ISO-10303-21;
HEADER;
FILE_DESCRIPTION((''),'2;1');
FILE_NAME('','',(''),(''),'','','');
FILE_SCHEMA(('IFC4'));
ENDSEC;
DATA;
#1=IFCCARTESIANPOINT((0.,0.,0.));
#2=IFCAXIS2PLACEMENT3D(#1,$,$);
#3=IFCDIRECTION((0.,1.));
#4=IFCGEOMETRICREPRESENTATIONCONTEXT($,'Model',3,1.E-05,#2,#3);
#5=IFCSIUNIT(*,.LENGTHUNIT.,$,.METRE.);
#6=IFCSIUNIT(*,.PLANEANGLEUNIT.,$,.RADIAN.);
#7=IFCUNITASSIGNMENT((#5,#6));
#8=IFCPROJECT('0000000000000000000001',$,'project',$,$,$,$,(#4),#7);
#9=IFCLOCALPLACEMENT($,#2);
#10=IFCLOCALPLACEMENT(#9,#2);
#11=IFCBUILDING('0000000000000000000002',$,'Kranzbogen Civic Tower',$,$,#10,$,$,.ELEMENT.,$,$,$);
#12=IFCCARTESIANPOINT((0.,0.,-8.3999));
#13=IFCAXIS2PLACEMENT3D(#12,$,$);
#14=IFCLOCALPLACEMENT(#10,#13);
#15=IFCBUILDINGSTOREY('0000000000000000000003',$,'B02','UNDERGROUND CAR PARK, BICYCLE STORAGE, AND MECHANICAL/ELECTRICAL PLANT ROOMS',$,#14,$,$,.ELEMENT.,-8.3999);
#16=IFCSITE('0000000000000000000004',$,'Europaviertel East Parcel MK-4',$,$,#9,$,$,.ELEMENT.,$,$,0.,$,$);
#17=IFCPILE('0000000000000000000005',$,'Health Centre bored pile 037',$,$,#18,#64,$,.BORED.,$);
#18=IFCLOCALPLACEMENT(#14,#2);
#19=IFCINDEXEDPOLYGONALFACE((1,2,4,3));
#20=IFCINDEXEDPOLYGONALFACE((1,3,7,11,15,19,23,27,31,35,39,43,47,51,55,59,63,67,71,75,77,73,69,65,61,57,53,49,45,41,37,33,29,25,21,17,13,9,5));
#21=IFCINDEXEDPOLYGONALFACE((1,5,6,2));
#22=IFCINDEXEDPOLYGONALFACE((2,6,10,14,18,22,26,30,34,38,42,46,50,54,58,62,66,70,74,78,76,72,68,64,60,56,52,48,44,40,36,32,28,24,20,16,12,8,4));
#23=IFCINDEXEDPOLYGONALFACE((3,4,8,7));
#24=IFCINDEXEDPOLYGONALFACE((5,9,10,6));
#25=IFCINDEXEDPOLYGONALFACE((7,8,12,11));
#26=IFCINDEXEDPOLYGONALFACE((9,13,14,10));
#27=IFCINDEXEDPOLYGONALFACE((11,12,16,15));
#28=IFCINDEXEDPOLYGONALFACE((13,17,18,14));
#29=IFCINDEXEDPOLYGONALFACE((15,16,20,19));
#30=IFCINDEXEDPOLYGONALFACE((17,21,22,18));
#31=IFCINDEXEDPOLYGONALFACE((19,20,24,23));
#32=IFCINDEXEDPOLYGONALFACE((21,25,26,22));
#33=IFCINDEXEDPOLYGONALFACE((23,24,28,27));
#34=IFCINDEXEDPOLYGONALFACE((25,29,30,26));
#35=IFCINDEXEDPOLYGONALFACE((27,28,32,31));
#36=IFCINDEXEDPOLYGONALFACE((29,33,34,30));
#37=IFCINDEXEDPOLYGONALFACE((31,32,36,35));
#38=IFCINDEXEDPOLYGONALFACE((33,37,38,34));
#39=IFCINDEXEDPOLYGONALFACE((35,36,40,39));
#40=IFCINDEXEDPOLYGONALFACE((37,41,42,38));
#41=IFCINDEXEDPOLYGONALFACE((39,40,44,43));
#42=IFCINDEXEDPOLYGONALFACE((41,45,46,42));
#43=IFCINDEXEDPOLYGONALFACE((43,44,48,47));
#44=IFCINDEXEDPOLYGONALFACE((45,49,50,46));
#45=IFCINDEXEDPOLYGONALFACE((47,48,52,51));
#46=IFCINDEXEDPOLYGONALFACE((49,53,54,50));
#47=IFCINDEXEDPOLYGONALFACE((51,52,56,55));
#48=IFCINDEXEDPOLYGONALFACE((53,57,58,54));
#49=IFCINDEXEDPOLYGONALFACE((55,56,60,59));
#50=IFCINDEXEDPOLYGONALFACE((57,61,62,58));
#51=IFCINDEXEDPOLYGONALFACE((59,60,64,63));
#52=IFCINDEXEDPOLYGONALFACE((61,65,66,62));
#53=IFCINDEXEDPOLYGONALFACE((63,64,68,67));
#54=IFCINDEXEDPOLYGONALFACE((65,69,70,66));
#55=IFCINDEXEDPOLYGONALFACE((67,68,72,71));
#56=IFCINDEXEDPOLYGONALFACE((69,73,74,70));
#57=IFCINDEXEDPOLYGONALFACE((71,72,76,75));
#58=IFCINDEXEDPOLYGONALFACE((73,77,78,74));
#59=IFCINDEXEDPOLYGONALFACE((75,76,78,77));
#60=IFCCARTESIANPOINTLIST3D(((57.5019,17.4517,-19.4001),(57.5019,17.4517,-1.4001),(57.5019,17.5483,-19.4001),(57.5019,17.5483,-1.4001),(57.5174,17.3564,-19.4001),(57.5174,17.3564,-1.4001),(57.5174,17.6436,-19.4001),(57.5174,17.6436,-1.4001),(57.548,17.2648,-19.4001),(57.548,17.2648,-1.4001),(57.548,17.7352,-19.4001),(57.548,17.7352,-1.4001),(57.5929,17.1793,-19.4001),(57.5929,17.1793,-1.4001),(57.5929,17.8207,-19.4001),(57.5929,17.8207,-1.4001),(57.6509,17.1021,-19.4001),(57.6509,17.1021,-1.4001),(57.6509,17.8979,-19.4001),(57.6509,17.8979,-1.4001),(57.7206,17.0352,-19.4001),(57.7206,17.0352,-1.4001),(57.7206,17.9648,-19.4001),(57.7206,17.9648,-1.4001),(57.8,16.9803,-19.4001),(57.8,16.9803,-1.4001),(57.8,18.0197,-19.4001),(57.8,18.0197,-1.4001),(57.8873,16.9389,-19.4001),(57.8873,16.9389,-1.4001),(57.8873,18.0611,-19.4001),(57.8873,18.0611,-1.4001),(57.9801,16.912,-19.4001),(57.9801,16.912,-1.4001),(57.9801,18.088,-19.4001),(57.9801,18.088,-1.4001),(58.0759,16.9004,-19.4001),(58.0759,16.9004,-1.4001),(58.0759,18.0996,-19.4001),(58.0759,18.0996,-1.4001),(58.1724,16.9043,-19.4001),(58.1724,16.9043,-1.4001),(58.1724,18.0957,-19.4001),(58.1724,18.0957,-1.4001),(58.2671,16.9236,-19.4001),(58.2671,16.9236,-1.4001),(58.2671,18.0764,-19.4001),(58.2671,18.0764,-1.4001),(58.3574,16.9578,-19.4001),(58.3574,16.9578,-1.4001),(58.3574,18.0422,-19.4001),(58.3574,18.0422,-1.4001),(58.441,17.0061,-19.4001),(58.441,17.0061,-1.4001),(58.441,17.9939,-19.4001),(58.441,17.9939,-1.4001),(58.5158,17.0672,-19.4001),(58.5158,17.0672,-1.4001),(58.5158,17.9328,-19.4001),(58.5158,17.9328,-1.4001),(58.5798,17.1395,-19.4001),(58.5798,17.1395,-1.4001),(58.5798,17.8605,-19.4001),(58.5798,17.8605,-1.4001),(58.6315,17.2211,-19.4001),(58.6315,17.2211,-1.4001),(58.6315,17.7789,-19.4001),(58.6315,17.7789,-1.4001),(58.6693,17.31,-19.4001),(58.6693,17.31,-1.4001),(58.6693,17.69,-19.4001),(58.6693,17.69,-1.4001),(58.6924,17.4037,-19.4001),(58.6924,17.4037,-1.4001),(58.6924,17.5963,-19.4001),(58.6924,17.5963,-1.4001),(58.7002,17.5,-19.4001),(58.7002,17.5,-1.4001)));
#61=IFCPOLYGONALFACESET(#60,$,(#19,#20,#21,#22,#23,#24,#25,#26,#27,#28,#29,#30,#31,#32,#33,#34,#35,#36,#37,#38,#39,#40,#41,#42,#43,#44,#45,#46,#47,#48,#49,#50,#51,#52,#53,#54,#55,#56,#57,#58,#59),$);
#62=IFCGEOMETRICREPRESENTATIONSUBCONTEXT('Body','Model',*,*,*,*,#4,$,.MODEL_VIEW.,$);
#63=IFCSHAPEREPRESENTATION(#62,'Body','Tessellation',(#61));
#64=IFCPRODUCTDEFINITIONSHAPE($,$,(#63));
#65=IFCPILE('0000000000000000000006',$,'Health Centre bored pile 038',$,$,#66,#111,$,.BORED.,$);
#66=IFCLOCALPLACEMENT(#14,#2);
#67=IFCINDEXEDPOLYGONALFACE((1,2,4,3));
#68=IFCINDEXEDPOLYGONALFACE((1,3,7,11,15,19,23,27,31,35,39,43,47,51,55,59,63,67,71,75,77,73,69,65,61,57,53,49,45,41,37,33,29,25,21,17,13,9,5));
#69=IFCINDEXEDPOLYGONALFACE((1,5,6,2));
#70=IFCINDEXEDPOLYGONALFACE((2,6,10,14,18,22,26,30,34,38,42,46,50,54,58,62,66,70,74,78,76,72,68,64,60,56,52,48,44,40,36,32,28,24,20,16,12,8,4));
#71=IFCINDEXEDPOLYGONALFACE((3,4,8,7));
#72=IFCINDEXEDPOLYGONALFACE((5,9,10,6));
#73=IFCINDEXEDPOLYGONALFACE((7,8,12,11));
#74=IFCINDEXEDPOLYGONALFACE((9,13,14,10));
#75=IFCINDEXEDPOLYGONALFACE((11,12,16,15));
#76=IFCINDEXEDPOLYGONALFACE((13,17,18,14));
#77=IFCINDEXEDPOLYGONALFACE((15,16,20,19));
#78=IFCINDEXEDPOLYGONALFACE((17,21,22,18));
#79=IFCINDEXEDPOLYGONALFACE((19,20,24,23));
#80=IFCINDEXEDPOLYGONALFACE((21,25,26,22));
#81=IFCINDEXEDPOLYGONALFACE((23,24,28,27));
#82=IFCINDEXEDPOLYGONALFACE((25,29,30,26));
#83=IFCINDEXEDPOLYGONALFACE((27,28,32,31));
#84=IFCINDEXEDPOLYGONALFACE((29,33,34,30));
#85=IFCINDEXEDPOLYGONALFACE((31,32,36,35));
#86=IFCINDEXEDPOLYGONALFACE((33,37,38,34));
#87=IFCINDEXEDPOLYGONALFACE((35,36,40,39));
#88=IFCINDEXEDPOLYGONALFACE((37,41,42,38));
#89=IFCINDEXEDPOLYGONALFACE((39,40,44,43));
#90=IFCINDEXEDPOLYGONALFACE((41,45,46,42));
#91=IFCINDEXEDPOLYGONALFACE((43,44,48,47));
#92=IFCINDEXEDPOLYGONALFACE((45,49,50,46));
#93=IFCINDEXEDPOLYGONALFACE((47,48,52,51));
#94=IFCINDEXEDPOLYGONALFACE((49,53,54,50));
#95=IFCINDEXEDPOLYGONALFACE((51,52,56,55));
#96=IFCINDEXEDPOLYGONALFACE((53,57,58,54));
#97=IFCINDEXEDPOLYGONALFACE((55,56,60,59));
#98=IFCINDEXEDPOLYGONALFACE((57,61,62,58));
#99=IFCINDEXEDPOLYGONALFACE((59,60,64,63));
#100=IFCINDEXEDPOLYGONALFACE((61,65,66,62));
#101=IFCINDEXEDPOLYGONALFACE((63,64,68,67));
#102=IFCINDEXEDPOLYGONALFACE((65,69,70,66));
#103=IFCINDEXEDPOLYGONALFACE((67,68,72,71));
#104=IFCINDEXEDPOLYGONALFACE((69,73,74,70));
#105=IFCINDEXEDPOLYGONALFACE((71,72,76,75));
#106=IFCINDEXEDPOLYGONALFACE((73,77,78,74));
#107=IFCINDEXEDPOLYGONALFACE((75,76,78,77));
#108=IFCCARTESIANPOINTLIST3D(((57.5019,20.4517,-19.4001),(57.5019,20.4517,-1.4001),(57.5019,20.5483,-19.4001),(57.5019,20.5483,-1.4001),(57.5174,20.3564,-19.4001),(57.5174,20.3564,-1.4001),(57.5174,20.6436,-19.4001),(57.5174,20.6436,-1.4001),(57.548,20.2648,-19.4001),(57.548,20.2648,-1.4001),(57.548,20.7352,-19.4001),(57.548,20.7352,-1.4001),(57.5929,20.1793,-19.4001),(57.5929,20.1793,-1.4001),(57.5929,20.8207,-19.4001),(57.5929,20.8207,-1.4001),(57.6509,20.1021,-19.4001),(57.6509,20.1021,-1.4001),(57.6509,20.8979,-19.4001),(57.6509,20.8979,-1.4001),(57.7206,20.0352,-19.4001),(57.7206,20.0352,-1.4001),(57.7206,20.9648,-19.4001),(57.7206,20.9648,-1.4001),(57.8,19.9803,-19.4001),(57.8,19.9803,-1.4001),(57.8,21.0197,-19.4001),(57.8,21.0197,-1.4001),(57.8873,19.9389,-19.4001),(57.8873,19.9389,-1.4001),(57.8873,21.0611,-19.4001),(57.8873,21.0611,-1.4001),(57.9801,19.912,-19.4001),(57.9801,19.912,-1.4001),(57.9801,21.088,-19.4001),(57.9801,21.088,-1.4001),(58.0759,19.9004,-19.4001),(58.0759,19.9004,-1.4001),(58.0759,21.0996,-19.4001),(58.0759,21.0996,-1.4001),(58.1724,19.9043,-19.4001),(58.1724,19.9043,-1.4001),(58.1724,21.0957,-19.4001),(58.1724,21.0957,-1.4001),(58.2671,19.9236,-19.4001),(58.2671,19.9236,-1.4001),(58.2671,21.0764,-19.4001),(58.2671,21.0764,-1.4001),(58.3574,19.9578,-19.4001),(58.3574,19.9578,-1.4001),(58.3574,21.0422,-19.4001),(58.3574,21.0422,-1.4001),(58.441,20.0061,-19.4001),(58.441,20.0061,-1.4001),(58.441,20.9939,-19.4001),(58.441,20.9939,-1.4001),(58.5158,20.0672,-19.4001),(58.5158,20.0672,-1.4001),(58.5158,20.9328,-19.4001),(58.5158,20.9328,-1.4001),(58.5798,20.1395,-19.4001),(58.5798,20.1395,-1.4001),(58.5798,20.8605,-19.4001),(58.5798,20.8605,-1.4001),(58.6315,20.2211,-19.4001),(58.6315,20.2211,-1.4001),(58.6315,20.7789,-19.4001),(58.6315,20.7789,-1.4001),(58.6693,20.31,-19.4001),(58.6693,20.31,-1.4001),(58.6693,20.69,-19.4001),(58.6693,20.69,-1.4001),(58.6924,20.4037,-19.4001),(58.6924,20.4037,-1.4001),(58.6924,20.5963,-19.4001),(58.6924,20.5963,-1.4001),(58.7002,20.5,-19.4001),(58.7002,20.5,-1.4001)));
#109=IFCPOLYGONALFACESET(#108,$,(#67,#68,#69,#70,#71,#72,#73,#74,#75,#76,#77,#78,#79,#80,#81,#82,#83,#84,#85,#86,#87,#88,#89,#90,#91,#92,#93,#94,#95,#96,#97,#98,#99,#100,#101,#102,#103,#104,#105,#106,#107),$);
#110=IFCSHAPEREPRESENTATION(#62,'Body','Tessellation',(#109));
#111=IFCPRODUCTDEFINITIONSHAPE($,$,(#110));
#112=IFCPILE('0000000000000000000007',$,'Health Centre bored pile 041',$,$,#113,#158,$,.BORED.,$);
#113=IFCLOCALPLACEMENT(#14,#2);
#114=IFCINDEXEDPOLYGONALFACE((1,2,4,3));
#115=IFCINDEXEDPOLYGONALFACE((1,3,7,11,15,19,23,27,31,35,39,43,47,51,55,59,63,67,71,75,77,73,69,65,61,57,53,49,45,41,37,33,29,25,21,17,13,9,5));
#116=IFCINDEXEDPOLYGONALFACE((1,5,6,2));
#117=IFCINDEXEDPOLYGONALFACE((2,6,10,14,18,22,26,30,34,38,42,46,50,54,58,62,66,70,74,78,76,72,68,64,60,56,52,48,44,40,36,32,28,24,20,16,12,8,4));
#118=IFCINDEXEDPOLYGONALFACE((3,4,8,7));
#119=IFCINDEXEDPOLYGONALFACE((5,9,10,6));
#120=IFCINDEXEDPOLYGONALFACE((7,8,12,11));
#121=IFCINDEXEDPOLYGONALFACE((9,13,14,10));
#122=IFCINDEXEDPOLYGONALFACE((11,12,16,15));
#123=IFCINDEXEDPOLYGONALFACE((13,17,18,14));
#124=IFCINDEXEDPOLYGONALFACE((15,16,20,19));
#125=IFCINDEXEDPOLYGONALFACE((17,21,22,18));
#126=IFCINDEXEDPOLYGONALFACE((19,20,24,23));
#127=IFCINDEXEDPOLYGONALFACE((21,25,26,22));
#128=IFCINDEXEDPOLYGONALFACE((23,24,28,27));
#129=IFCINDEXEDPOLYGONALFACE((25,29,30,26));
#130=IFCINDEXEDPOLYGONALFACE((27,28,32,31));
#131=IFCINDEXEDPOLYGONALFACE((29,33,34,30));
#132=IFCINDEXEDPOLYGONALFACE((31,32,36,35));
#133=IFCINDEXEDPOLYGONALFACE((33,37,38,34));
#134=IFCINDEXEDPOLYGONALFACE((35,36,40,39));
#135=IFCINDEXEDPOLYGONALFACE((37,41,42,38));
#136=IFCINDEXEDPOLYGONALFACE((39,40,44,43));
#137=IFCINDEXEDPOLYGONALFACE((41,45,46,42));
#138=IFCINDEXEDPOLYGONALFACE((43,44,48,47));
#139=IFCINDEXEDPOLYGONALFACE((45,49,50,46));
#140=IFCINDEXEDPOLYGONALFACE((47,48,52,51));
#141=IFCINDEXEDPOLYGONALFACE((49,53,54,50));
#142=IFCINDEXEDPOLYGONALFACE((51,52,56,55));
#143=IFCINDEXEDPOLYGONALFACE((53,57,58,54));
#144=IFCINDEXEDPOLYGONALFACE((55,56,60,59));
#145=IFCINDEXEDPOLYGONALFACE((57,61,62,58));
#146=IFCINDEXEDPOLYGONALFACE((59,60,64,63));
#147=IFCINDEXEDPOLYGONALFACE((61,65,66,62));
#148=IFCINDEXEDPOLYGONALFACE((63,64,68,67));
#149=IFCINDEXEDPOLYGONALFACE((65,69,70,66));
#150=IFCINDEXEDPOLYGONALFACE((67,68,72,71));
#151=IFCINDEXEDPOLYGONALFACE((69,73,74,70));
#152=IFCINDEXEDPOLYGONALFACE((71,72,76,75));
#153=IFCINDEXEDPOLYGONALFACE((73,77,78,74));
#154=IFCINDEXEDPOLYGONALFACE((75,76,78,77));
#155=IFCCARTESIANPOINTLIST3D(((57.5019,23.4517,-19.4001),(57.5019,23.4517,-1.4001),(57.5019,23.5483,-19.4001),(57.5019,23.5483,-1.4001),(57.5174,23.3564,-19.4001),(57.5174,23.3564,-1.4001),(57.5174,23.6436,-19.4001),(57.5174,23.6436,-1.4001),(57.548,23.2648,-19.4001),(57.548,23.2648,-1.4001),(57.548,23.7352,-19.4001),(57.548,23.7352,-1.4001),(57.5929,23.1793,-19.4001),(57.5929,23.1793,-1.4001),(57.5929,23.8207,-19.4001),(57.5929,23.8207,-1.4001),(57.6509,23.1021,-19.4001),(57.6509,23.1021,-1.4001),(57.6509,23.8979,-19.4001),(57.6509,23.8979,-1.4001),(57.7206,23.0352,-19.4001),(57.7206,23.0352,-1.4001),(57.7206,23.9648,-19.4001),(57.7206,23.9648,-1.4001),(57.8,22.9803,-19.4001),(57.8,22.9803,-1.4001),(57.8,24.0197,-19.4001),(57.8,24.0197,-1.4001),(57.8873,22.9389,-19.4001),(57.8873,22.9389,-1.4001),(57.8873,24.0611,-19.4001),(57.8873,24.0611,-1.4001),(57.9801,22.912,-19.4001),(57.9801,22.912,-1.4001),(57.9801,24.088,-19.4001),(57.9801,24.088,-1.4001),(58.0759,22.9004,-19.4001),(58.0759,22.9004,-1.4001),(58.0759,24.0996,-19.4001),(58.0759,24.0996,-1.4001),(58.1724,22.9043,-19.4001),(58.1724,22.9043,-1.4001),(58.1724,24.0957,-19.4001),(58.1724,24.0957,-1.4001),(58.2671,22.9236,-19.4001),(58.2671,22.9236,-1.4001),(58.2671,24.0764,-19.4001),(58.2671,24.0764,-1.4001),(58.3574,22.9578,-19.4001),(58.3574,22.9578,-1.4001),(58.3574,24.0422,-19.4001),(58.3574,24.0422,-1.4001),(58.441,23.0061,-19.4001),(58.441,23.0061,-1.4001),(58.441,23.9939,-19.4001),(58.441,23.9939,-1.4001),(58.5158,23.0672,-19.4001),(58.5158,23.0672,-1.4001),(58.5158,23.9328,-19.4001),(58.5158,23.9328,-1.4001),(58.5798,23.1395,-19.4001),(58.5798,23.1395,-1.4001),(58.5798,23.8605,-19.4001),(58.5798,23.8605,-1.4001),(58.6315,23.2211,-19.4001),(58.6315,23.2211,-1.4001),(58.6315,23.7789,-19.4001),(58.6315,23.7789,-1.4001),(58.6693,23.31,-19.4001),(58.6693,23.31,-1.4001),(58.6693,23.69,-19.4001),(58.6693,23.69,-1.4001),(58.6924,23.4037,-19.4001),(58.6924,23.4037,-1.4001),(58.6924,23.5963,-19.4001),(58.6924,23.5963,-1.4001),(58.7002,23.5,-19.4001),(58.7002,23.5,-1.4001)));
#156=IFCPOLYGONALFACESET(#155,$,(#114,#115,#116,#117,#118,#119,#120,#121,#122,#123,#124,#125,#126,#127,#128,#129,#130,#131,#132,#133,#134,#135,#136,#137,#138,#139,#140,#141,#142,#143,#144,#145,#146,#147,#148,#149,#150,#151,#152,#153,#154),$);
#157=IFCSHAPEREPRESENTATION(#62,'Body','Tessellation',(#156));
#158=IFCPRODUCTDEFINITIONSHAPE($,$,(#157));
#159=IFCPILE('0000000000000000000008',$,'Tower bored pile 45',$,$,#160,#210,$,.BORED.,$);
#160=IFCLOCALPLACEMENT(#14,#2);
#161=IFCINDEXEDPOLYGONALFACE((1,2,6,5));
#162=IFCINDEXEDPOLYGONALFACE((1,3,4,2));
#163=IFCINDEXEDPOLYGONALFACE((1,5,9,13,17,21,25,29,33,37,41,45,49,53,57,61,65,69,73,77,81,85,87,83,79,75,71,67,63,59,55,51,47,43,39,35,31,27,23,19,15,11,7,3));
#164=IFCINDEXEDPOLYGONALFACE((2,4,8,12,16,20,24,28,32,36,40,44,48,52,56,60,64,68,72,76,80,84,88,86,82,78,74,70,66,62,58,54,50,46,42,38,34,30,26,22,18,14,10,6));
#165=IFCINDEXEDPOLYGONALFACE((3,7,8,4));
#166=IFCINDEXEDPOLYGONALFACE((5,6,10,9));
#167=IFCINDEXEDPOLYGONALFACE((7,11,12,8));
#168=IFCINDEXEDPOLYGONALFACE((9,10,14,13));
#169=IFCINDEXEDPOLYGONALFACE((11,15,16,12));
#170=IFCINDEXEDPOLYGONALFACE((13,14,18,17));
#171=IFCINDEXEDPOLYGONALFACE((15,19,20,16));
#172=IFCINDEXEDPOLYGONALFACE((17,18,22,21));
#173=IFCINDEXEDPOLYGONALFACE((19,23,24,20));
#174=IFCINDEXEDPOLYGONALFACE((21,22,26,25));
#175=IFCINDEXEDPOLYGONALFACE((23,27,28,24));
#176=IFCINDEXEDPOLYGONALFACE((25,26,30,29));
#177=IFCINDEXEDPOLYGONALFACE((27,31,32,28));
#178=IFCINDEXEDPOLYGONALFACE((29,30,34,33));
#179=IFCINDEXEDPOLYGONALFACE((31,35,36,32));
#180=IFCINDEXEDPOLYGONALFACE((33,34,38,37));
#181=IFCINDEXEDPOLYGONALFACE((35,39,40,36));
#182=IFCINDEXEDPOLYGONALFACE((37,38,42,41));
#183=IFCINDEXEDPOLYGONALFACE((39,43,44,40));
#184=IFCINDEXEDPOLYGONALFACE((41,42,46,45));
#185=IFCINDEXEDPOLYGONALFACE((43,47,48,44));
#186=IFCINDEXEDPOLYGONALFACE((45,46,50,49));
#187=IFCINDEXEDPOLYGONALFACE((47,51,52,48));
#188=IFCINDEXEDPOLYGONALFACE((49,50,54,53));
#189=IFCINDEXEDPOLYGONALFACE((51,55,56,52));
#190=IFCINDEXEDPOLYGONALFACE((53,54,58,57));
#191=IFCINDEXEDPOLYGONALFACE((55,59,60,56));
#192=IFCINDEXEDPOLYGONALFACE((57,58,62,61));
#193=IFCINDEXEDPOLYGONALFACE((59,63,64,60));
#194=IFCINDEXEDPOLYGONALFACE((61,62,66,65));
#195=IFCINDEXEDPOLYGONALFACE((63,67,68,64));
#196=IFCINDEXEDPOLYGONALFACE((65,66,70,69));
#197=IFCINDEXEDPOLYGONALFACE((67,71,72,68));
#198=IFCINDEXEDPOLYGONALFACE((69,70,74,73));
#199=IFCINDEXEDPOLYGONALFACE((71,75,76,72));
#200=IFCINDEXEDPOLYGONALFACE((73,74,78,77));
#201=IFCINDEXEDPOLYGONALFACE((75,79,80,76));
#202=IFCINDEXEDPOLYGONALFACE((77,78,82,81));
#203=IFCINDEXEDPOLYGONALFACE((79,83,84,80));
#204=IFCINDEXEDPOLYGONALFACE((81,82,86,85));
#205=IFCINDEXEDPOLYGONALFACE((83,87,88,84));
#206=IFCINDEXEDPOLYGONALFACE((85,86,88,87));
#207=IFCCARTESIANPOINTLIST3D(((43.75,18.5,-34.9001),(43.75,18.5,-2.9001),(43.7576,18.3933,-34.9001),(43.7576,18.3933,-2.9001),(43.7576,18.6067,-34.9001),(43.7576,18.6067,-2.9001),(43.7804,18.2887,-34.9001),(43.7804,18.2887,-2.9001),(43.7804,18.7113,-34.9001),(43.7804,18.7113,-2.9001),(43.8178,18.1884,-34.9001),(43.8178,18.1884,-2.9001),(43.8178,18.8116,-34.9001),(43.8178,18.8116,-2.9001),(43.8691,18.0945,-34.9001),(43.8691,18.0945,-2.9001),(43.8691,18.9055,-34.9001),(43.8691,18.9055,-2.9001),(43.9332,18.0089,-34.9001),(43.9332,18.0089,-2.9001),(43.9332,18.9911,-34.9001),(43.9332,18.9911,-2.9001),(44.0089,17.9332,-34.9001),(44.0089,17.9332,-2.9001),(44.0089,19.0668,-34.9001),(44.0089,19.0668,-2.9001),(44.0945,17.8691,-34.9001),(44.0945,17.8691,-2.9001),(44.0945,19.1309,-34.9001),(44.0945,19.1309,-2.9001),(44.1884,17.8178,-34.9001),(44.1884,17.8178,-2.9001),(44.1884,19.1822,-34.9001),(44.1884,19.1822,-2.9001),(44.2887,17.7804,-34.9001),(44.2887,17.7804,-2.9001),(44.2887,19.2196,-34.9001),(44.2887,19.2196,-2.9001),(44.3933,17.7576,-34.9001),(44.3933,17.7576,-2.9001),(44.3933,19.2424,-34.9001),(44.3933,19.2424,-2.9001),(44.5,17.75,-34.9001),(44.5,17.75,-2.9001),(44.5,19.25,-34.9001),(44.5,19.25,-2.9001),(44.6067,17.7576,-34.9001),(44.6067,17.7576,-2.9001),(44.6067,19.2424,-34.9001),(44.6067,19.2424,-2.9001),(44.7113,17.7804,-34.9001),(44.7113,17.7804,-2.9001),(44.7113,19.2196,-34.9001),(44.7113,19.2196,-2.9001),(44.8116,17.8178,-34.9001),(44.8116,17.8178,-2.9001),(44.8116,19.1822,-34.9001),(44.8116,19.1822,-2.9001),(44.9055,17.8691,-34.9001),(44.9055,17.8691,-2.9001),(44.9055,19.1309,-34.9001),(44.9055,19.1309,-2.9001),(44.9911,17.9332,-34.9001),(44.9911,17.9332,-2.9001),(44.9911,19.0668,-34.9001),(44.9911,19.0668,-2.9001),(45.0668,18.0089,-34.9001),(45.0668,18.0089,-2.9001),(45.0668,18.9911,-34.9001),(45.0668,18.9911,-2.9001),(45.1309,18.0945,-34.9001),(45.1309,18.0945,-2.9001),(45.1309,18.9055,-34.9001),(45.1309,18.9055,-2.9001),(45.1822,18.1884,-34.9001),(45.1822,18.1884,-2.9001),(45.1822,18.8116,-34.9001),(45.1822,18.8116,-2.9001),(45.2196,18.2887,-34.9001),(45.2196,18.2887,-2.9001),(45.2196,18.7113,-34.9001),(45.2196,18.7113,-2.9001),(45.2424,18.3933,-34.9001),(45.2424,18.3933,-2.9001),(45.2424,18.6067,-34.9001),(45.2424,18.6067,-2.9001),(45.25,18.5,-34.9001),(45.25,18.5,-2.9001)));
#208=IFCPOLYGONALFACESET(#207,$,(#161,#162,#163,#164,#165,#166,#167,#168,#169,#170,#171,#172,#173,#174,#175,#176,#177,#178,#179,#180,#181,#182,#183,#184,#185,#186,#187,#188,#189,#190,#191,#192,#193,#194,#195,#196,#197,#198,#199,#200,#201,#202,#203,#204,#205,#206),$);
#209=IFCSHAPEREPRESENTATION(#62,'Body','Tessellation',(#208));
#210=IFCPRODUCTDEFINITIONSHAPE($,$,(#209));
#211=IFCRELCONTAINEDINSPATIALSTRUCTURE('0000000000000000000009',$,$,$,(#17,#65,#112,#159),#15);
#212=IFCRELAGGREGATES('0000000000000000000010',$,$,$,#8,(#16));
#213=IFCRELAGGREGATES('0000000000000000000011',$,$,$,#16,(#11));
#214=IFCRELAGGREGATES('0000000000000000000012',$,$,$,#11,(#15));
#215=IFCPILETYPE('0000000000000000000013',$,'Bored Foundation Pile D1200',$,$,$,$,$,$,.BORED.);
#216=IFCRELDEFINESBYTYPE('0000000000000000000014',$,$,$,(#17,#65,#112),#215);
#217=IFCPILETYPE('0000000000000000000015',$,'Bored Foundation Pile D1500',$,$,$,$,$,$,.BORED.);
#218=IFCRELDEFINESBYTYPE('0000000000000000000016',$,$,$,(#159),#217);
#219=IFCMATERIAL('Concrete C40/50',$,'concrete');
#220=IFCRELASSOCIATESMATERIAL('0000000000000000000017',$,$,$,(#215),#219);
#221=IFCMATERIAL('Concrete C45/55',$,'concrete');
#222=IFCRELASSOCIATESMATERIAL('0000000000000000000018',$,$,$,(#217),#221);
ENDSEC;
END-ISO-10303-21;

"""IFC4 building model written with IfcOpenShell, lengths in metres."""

from ifc_helpers import new_model, si_unit, direction, frame, origin, origin_2d, place, context, subcontext, project, spatial, circle, extrude, material, material_profile, profile_set, type_object, element, save


model = new_model("IFC4")

# Units and contexts
model_context = context("Model", 3, precision=1e-05, world=origin(), true_north=direction((0.0, 1.0)))
body_context = subcontext(model_context, "Body", "Model", "MODEL_VIEW")
ifc_project = project(units=[si_unit("LENGTHUNIT", "METRE"), si_unit("PLANEANGLEUNIT", "RADIAN")], contexts=[model_context])

# Site, building, storey
site_placement = place(None, origin())
site = spatial("IfcSite", under=ifc_project, at=site_placement, Name="Europaviertel East Parcel MK-4", CompositionType="ELEMENT", RefElevation=0.0)
building_placement = place(site_placement, origin())
building = spatial("IfcBuilding", under=site, at=building_placement, Name="Kranzbogen Civic Tower", CompositionType="ELEMENT")
storey_placement = place(building_placement, frame((0.0, 0.0, -8.3999)))
storey = spatial("IfcBuildingStorey", under=building, at=storey_placement, Name="B02", Description="UNDERGROUND CAR PARK, BICYCLE STORAGE, AND MECHANICAL/ELECTRICAL PLANT ROOMS", CompositionType="ELEMENT", Elevation=-8.3999)

# Piles
ifc_material_1 = material(Name="Concrete C40/50", Category="concrete")
ifc_material_profile_1 = material_profile(ifc_material_1, circle(Radius=0.6001, at=origin_2d()), Name="PILE D1200")
ifc_profile_set_1 = profile_set([ifc_material_profile_1], Name="Concrete C40/50")
pile_type_1 = type_object("IfcPileType", Name="Bored Foundation Pile D1200", PredefinedType="BORED", material=ifc_profile_set_1)
for number, where, z_axis, x_axis, name in (
    (1, (58.1001, 17.5, -1.4001), (0.0, 0.0, -1.0), (1.0, 0.0, 0.0), "Health Centre bored pile 037"),
    (2, (58.1001, 20.5, -1.4001), (0.0, 0.0, -1.0), (1.0, 0.0, 0.0), "Health Centre bored pile 038"),
    (3, (58.1001, 23.5, -1.4001), (0.0, 0.0, -1.0), (1.0, 0.0, 0.0), "Health Centre bored pile 041"),
):
    element("IfcPile", number, at=place(storey_placement, frame(where, z_axis=z_axis, x_axis=x_axis)), inside=storey, type_object=pile_type_1, Name=name, PredefinedType="BORED", context=body_context, shape_type="SweptSolid", body=[
        extrude(circle(Radius=0.6001, at=origin_2d()), origin(), (0.0, 0.0, 1.0), 18.0),
    ])
ifc_material_2 = material(Name="Concrete C45/55", Category="concrete")
ifc_material_profile_2 = material_profile(ifc_material_2, circle(Radius=0.75, at=origin_2d()), Name="PILE D1500")
ifc_profile_set_2 = profile_set([ifc_material_profile_2], Name="Concrete C45/55")
pile_type_2 = type_object("IfcPileType", Name="Bored Foundation Pile D1500", PredefinedType="BORED", material=ifc_profile_set_2)
pile_placement = place(storey_placement, frame((44.5, 18.5, -2.9001), z_axis=(0.0, 0.0, -1.0), x_axis=(1.0, 0.0, 0.0)))
element("IfcPile", 4, at=pile_placement, inside=storey, type_object=pile_type_2, Name="Tower bored pile 45", PredefinedType="BORED", context=body_context, shape_type="SweptSolid", body=[
    extrude(circle(Radius=0.75, at=origin_2d()), origin(), (0.0, 0.0, 1.0), 32.0),
])

save(model, "model.ifc")
